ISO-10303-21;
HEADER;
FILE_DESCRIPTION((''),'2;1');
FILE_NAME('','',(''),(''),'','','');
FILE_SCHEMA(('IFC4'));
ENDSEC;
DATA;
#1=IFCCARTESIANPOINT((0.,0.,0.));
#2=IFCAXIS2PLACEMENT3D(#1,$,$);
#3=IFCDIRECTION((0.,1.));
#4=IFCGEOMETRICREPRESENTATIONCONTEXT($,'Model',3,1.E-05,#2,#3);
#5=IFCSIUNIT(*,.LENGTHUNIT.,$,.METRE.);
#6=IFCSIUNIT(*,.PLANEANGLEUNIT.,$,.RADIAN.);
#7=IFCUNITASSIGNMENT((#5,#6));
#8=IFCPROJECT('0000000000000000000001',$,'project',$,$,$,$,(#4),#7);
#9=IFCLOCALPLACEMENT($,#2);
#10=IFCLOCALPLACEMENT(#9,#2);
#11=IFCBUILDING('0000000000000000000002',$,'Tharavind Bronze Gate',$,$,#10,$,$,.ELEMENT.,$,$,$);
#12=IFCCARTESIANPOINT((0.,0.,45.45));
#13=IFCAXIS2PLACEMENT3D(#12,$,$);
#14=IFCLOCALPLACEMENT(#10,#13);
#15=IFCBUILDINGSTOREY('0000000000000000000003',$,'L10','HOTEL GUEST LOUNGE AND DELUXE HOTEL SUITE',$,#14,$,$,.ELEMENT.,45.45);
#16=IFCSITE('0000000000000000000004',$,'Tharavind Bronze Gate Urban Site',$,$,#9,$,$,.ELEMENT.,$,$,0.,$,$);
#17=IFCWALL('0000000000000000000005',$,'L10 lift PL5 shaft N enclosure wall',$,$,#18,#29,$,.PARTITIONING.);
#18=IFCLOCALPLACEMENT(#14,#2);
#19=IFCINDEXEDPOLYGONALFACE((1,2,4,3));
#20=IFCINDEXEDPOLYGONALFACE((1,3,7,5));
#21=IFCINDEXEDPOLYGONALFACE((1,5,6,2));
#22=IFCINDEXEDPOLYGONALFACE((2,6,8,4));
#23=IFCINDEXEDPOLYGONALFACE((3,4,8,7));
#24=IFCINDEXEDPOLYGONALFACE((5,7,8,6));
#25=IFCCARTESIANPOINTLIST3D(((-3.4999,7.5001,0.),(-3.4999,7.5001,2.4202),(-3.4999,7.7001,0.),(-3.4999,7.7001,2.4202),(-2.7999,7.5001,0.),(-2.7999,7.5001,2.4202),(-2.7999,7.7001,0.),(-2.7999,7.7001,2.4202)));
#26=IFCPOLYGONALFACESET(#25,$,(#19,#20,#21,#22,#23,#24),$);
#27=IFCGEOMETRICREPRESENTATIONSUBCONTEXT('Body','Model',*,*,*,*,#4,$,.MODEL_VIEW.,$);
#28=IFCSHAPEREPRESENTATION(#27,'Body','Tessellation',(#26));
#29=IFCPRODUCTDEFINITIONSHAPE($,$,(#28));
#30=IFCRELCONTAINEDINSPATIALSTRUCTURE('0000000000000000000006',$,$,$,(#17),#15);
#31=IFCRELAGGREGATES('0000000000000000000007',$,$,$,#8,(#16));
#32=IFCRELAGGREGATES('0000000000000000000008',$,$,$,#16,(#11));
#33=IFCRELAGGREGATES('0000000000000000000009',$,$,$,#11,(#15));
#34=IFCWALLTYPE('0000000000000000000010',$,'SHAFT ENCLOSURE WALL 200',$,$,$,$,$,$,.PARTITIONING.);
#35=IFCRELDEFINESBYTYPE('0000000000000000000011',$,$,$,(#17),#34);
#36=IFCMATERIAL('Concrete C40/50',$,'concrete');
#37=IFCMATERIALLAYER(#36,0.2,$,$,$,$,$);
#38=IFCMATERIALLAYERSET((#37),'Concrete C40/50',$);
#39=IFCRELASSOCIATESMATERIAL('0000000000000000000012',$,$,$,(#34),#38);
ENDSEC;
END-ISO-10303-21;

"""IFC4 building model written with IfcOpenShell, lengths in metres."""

from ifc_helpers import new_model, si_unit, direction, frame, frame_2d, origin, place, context, subcontext, project, spatial, rectangle, extrude, material, layer, layer_set, type_object, element, save


model = new_model("IFC4")

# Units and contexts
model_context = context("Model", 3, precision=1e-05, world=origin(), true_north=direction((0.0, 1.0)))
body_context = subcontext(model_context, "Body", "Model", "MODEL_VIEW")
ifc_project = project(units=[si_unit("LENGTHUNIT", "METRE"), si_unit("PLANEANGLEUNIT", "RADIAN")], contexts=[model_context])

# Site, building, storey
site_placement = place(None, origin())
site = spatial("IfcSite", under=ifc_project, at=site_placement, Name="Tharavind Bronze Gate Urban Site", CompositionType="ELEMENT", RefElevation=0.0)
building_placement = place(site_placement, origin())
building = spatial("IfcBuilding", under=site, at=building_placement, Name="Tharavind Bronze Gate", CompositionType="ELEMENT")
storey_placement = place(building_placement, frame((0.0, 0.0, 45.45)))
storey = spatial("IfcBuildingStorey", under=building, at=storey_placement, Name="L10", Description="HOTEL GUEST LOUNGE AND DELUXE HOTEL SUITE", CompositionType="ELEMENT", Elevation=45.45)

# Wall
ifc_material_1 = material(Name="Concrete C40/50", Category="concrete")
ifc_layer_1 = layer(ifc_material_1, 0.2)
ifc_layer_set_1 = layer_set([ifc_layer_1], Name="Concrete C40/50")
wall_type_1 = type_object("IfcWallType", Name="SHAFT ENCLOSURE WALL 200", PredefinedType="PARTITIONING", material=ifc_layer_set_1)
wall_1_placement = place(storey_placement, frame((-3.5, 7.6001, 0.0), z_axis=(0.0, 0.0, 1.0), x_axis=(1.0, 0.0, 0.0)))
element("IfcWall", 1, at=wall_1_placement, inside=storey, type_object=wall_type_1, Name="L10 lift PL5 shaft N enclosure wall", PredefinedType="PARTITIONING", context=body_context, shape_type="SweptSolid", body=[
    extrude(rectangle(XDim=0.7, YDim=0.2, at=frame_2d((0.3501, 0.0))), origin(), (0.0, 0.0, 1.0), 2.4202),
])

save(model, "model.ifc")
